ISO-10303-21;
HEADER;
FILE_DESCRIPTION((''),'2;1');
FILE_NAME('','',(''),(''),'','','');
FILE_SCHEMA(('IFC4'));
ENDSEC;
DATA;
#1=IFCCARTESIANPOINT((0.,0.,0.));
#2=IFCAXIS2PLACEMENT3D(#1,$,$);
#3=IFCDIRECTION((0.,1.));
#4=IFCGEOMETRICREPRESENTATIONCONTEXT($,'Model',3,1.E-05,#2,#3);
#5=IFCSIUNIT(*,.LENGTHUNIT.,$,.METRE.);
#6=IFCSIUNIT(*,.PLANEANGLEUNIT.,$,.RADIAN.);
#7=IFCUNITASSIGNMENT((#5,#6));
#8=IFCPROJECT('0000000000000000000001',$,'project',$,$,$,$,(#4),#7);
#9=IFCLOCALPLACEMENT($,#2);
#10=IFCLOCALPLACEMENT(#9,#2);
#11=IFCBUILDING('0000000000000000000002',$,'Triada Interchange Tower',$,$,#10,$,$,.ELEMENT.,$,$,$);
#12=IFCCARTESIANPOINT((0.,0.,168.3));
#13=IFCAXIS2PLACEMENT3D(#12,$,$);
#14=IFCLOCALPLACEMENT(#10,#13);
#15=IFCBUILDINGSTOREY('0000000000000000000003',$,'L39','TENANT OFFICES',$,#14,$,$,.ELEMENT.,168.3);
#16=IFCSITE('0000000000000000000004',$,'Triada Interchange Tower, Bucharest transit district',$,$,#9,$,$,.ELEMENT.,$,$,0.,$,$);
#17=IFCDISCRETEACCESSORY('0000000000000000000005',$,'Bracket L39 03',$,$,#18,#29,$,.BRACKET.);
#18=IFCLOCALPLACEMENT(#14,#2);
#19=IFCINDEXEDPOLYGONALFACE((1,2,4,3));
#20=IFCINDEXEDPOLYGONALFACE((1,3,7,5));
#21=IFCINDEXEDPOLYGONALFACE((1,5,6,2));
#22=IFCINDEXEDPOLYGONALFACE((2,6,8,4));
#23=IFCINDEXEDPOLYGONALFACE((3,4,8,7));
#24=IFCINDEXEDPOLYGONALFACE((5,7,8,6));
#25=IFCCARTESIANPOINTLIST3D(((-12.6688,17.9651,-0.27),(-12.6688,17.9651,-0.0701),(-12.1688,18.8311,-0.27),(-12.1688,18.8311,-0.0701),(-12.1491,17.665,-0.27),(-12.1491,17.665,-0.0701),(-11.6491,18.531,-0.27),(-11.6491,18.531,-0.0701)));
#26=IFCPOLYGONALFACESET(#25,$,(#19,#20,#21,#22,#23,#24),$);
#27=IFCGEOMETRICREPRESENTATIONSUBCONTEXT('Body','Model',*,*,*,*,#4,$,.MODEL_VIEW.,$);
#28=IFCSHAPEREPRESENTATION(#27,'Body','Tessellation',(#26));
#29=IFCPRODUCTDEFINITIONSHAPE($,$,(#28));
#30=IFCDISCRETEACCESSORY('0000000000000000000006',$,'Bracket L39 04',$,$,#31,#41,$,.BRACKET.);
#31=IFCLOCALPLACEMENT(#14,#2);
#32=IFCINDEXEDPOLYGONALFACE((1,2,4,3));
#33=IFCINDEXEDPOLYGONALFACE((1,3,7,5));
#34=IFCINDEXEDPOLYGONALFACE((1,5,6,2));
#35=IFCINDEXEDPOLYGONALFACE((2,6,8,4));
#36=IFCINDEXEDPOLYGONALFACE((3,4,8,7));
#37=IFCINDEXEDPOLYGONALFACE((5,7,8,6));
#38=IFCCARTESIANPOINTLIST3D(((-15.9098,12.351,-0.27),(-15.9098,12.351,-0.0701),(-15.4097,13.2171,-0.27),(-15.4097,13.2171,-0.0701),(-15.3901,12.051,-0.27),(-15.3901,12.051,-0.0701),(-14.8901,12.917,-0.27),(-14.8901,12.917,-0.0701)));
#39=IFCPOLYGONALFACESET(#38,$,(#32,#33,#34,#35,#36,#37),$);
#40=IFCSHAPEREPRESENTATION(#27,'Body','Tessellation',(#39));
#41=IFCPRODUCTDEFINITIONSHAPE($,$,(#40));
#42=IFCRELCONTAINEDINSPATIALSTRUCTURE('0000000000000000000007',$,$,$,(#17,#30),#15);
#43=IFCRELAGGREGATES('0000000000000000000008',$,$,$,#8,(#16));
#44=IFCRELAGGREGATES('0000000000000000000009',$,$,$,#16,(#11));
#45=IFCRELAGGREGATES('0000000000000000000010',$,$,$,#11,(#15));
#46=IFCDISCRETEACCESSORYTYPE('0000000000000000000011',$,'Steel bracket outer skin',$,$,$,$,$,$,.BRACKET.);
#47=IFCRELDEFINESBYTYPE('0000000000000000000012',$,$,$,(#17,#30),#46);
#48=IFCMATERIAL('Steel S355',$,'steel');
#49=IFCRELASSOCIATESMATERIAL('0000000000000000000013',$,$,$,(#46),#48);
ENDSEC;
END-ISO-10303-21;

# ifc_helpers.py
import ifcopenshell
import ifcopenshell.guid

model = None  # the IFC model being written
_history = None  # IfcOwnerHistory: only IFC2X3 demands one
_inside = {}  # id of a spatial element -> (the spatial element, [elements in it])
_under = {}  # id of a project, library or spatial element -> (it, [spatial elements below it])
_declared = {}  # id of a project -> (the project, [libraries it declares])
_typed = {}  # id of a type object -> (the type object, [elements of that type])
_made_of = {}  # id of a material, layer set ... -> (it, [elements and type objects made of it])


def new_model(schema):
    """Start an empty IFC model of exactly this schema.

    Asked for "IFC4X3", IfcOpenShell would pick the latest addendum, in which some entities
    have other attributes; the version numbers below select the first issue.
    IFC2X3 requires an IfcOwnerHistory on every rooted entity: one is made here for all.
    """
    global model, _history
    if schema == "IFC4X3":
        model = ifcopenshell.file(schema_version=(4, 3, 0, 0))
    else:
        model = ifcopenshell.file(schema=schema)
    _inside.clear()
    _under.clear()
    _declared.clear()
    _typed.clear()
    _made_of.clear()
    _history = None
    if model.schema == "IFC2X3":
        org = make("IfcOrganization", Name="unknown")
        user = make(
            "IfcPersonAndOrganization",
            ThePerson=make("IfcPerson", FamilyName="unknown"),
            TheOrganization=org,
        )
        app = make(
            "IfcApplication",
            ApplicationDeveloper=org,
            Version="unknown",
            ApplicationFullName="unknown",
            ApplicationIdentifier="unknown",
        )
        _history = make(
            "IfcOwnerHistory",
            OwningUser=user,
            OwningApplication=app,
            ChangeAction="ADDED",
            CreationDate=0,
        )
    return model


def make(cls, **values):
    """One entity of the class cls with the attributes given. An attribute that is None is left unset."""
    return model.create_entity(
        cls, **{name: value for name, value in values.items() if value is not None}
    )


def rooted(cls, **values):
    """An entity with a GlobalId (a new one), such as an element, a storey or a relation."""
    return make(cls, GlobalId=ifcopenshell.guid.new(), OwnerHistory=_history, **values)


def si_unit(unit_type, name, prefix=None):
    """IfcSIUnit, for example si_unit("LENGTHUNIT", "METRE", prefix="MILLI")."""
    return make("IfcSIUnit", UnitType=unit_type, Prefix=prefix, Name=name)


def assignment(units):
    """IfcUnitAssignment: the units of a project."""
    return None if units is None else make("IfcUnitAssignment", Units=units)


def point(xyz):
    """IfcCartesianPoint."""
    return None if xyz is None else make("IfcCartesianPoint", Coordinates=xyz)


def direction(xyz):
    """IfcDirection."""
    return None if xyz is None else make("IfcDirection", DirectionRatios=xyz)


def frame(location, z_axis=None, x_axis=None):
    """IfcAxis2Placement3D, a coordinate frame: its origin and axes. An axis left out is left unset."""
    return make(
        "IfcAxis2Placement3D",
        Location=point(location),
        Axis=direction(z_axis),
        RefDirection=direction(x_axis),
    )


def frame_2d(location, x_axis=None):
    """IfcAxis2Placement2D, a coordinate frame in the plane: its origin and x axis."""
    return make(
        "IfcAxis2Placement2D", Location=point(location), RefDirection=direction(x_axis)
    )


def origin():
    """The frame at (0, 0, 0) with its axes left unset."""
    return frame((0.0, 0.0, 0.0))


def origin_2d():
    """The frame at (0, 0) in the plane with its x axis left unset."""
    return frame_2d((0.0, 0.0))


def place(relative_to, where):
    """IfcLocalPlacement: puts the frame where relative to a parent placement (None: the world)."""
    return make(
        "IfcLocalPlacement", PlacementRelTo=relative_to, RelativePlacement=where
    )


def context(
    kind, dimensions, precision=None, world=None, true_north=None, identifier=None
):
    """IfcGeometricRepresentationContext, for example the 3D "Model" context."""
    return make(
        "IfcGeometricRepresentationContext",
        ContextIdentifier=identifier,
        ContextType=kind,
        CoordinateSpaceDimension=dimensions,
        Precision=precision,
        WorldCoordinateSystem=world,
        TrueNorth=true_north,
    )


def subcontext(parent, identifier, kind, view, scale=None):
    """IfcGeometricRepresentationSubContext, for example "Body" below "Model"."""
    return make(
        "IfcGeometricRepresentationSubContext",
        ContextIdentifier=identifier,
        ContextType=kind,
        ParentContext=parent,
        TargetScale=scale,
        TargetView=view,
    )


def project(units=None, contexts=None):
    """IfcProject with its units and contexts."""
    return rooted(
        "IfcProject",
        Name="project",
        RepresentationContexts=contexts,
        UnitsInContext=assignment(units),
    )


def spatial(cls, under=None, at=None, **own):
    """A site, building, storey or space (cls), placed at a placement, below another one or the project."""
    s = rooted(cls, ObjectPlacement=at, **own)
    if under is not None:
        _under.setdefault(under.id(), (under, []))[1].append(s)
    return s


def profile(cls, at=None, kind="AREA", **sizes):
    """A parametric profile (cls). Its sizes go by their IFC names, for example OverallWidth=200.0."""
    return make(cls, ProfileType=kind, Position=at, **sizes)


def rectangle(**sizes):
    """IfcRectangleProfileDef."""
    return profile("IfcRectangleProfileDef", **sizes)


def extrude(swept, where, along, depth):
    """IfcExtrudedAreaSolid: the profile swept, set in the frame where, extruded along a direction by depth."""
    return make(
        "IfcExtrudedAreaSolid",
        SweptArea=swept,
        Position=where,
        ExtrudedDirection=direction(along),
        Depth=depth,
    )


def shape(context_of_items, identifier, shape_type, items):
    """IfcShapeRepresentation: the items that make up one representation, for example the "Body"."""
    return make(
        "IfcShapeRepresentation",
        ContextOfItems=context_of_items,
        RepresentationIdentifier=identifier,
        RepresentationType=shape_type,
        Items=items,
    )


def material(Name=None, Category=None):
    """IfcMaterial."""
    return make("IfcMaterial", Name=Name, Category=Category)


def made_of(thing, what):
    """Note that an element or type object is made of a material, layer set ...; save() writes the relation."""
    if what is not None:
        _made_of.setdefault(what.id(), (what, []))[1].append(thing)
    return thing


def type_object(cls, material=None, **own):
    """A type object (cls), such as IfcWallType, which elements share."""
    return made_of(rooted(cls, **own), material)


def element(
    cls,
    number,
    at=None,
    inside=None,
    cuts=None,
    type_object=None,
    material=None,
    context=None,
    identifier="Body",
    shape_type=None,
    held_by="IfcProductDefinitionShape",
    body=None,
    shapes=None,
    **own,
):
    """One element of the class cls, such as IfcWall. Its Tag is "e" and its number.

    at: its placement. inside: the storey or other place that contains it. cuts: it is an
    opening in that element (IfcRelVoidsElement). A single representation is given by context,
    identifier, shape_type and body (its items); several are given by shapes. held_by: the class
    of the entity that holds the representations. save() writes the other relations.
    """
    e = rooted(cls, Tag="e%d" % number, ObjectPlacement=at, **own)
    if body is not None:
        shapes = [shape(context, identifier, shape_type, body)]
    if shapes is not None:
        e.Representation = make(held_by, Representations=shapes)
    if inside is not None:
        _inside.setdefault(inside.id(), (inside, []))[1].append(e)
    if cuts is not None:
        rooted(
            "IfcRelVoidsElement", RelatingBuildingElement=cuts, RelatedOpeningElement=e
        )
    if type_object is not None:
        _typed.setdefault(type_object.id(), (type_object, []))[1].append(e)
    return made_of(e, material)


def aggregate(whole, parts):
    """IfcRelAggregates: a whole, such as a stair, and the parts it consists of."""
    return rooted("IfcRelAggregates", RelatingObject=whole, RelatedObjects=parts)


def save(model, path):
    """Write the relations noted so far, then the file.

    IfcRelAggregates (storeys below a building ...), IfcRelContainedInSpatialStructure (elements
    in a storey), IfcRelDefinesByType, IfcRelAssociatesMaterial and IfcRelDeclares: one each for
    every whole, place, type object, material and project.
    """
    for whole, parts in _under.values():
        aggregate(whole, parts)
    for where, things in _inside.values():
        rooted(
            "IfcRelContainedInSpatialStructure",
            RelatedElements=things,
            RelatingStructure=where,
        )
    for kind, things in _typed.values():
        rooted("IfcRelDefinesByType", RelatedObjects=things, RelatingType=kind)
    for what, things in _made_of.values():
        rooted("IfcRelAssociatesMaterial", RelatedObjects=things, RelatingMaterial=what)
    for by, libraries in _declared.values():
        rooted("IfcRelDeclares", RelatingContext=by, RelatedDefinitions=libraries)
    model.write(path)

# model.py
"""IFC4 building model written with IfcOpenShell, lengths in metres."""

from ifc_helpers import new_model, si_unit, direction, frame, origin, origin_2d, place, context, subcontext, project, spatial, rectangle, extrude, material, type_object, element, save


model = new_model("IFC4")

# Units and contexts
model_context = context("Model", 3, precision=1e-05, world=origin(), true_north=direction((0.0, 1.0)))
body_context = subcontext(model_context, "Body", "Model", "MODEL_VIEW")
ifc_project = project(units=[si_unit("LENGTHUNIT", "METRE"), si_unit("PLANEANGLEUNIT", "RADIAN")], contexts=[model_context])

# Site, building, storey
site_placement = place(None, origin())
site = spatial("IfcSite", under=ifc_project, at=site_placement, Name="Triada Interchange Tower, Bucharest transit district", CompositionType="ELEMENT", RefElevation=0.0)
building_placement = place(site_placement, origin())
building = spatial("IfcBuilding", under=site, at=building_placement, Name="Triada Interchange Tower", CompositionType="ELEMENT")
storey_placement = place(building_placement, frame((0.0, 0.0, 168.3)))
storey = spatial("IfcBuildingStorey", under=building, at=storey_placement, Name="L39", Description="TENANT OFFICES", CompositionType="ELEMENT", Elevation=168.3)

# Discrete accessories
ifc_material_1 = material(Name="Steel S355", Category="steel")
discrete_accessory_type = type_object("IfcDiscreteAccessoryType", Name="Steel bracket outer skin", PredefinedType="BRACKET", material=ifc_material_1)
for number, where, z_axis, x_axis, name in (
    (1, (-12.1589, 18.248, -0.27), (0.0, 0.0, 1.0), (-0.866023, 0.500005, 0.0), "Bracket L39 03"),
    (2, (-15.3999, 12.634, -0.27), (0.0, 0.0, 1.0), (-0.866023, 0.500005, 0.0), "Bracket L39 04"),
):
    element("IfcDiscreteAccessory", number, at=place(storey_placement, frame(where, z_axis=z_axis, x_axis=x_axis)), inside=storey, type_object=discrete_accessory_type, Name=name, PredefinedType="BRACKET", context=body_context, shape_type="SweptSolid", body=[
        extrude(rectangle(XDim=0.6001, YDim=1.0, at=origin_2d()), origin(), (0.0, 0.0, 1.0), 0.2),
    ])

save(model, "model.ifc")
